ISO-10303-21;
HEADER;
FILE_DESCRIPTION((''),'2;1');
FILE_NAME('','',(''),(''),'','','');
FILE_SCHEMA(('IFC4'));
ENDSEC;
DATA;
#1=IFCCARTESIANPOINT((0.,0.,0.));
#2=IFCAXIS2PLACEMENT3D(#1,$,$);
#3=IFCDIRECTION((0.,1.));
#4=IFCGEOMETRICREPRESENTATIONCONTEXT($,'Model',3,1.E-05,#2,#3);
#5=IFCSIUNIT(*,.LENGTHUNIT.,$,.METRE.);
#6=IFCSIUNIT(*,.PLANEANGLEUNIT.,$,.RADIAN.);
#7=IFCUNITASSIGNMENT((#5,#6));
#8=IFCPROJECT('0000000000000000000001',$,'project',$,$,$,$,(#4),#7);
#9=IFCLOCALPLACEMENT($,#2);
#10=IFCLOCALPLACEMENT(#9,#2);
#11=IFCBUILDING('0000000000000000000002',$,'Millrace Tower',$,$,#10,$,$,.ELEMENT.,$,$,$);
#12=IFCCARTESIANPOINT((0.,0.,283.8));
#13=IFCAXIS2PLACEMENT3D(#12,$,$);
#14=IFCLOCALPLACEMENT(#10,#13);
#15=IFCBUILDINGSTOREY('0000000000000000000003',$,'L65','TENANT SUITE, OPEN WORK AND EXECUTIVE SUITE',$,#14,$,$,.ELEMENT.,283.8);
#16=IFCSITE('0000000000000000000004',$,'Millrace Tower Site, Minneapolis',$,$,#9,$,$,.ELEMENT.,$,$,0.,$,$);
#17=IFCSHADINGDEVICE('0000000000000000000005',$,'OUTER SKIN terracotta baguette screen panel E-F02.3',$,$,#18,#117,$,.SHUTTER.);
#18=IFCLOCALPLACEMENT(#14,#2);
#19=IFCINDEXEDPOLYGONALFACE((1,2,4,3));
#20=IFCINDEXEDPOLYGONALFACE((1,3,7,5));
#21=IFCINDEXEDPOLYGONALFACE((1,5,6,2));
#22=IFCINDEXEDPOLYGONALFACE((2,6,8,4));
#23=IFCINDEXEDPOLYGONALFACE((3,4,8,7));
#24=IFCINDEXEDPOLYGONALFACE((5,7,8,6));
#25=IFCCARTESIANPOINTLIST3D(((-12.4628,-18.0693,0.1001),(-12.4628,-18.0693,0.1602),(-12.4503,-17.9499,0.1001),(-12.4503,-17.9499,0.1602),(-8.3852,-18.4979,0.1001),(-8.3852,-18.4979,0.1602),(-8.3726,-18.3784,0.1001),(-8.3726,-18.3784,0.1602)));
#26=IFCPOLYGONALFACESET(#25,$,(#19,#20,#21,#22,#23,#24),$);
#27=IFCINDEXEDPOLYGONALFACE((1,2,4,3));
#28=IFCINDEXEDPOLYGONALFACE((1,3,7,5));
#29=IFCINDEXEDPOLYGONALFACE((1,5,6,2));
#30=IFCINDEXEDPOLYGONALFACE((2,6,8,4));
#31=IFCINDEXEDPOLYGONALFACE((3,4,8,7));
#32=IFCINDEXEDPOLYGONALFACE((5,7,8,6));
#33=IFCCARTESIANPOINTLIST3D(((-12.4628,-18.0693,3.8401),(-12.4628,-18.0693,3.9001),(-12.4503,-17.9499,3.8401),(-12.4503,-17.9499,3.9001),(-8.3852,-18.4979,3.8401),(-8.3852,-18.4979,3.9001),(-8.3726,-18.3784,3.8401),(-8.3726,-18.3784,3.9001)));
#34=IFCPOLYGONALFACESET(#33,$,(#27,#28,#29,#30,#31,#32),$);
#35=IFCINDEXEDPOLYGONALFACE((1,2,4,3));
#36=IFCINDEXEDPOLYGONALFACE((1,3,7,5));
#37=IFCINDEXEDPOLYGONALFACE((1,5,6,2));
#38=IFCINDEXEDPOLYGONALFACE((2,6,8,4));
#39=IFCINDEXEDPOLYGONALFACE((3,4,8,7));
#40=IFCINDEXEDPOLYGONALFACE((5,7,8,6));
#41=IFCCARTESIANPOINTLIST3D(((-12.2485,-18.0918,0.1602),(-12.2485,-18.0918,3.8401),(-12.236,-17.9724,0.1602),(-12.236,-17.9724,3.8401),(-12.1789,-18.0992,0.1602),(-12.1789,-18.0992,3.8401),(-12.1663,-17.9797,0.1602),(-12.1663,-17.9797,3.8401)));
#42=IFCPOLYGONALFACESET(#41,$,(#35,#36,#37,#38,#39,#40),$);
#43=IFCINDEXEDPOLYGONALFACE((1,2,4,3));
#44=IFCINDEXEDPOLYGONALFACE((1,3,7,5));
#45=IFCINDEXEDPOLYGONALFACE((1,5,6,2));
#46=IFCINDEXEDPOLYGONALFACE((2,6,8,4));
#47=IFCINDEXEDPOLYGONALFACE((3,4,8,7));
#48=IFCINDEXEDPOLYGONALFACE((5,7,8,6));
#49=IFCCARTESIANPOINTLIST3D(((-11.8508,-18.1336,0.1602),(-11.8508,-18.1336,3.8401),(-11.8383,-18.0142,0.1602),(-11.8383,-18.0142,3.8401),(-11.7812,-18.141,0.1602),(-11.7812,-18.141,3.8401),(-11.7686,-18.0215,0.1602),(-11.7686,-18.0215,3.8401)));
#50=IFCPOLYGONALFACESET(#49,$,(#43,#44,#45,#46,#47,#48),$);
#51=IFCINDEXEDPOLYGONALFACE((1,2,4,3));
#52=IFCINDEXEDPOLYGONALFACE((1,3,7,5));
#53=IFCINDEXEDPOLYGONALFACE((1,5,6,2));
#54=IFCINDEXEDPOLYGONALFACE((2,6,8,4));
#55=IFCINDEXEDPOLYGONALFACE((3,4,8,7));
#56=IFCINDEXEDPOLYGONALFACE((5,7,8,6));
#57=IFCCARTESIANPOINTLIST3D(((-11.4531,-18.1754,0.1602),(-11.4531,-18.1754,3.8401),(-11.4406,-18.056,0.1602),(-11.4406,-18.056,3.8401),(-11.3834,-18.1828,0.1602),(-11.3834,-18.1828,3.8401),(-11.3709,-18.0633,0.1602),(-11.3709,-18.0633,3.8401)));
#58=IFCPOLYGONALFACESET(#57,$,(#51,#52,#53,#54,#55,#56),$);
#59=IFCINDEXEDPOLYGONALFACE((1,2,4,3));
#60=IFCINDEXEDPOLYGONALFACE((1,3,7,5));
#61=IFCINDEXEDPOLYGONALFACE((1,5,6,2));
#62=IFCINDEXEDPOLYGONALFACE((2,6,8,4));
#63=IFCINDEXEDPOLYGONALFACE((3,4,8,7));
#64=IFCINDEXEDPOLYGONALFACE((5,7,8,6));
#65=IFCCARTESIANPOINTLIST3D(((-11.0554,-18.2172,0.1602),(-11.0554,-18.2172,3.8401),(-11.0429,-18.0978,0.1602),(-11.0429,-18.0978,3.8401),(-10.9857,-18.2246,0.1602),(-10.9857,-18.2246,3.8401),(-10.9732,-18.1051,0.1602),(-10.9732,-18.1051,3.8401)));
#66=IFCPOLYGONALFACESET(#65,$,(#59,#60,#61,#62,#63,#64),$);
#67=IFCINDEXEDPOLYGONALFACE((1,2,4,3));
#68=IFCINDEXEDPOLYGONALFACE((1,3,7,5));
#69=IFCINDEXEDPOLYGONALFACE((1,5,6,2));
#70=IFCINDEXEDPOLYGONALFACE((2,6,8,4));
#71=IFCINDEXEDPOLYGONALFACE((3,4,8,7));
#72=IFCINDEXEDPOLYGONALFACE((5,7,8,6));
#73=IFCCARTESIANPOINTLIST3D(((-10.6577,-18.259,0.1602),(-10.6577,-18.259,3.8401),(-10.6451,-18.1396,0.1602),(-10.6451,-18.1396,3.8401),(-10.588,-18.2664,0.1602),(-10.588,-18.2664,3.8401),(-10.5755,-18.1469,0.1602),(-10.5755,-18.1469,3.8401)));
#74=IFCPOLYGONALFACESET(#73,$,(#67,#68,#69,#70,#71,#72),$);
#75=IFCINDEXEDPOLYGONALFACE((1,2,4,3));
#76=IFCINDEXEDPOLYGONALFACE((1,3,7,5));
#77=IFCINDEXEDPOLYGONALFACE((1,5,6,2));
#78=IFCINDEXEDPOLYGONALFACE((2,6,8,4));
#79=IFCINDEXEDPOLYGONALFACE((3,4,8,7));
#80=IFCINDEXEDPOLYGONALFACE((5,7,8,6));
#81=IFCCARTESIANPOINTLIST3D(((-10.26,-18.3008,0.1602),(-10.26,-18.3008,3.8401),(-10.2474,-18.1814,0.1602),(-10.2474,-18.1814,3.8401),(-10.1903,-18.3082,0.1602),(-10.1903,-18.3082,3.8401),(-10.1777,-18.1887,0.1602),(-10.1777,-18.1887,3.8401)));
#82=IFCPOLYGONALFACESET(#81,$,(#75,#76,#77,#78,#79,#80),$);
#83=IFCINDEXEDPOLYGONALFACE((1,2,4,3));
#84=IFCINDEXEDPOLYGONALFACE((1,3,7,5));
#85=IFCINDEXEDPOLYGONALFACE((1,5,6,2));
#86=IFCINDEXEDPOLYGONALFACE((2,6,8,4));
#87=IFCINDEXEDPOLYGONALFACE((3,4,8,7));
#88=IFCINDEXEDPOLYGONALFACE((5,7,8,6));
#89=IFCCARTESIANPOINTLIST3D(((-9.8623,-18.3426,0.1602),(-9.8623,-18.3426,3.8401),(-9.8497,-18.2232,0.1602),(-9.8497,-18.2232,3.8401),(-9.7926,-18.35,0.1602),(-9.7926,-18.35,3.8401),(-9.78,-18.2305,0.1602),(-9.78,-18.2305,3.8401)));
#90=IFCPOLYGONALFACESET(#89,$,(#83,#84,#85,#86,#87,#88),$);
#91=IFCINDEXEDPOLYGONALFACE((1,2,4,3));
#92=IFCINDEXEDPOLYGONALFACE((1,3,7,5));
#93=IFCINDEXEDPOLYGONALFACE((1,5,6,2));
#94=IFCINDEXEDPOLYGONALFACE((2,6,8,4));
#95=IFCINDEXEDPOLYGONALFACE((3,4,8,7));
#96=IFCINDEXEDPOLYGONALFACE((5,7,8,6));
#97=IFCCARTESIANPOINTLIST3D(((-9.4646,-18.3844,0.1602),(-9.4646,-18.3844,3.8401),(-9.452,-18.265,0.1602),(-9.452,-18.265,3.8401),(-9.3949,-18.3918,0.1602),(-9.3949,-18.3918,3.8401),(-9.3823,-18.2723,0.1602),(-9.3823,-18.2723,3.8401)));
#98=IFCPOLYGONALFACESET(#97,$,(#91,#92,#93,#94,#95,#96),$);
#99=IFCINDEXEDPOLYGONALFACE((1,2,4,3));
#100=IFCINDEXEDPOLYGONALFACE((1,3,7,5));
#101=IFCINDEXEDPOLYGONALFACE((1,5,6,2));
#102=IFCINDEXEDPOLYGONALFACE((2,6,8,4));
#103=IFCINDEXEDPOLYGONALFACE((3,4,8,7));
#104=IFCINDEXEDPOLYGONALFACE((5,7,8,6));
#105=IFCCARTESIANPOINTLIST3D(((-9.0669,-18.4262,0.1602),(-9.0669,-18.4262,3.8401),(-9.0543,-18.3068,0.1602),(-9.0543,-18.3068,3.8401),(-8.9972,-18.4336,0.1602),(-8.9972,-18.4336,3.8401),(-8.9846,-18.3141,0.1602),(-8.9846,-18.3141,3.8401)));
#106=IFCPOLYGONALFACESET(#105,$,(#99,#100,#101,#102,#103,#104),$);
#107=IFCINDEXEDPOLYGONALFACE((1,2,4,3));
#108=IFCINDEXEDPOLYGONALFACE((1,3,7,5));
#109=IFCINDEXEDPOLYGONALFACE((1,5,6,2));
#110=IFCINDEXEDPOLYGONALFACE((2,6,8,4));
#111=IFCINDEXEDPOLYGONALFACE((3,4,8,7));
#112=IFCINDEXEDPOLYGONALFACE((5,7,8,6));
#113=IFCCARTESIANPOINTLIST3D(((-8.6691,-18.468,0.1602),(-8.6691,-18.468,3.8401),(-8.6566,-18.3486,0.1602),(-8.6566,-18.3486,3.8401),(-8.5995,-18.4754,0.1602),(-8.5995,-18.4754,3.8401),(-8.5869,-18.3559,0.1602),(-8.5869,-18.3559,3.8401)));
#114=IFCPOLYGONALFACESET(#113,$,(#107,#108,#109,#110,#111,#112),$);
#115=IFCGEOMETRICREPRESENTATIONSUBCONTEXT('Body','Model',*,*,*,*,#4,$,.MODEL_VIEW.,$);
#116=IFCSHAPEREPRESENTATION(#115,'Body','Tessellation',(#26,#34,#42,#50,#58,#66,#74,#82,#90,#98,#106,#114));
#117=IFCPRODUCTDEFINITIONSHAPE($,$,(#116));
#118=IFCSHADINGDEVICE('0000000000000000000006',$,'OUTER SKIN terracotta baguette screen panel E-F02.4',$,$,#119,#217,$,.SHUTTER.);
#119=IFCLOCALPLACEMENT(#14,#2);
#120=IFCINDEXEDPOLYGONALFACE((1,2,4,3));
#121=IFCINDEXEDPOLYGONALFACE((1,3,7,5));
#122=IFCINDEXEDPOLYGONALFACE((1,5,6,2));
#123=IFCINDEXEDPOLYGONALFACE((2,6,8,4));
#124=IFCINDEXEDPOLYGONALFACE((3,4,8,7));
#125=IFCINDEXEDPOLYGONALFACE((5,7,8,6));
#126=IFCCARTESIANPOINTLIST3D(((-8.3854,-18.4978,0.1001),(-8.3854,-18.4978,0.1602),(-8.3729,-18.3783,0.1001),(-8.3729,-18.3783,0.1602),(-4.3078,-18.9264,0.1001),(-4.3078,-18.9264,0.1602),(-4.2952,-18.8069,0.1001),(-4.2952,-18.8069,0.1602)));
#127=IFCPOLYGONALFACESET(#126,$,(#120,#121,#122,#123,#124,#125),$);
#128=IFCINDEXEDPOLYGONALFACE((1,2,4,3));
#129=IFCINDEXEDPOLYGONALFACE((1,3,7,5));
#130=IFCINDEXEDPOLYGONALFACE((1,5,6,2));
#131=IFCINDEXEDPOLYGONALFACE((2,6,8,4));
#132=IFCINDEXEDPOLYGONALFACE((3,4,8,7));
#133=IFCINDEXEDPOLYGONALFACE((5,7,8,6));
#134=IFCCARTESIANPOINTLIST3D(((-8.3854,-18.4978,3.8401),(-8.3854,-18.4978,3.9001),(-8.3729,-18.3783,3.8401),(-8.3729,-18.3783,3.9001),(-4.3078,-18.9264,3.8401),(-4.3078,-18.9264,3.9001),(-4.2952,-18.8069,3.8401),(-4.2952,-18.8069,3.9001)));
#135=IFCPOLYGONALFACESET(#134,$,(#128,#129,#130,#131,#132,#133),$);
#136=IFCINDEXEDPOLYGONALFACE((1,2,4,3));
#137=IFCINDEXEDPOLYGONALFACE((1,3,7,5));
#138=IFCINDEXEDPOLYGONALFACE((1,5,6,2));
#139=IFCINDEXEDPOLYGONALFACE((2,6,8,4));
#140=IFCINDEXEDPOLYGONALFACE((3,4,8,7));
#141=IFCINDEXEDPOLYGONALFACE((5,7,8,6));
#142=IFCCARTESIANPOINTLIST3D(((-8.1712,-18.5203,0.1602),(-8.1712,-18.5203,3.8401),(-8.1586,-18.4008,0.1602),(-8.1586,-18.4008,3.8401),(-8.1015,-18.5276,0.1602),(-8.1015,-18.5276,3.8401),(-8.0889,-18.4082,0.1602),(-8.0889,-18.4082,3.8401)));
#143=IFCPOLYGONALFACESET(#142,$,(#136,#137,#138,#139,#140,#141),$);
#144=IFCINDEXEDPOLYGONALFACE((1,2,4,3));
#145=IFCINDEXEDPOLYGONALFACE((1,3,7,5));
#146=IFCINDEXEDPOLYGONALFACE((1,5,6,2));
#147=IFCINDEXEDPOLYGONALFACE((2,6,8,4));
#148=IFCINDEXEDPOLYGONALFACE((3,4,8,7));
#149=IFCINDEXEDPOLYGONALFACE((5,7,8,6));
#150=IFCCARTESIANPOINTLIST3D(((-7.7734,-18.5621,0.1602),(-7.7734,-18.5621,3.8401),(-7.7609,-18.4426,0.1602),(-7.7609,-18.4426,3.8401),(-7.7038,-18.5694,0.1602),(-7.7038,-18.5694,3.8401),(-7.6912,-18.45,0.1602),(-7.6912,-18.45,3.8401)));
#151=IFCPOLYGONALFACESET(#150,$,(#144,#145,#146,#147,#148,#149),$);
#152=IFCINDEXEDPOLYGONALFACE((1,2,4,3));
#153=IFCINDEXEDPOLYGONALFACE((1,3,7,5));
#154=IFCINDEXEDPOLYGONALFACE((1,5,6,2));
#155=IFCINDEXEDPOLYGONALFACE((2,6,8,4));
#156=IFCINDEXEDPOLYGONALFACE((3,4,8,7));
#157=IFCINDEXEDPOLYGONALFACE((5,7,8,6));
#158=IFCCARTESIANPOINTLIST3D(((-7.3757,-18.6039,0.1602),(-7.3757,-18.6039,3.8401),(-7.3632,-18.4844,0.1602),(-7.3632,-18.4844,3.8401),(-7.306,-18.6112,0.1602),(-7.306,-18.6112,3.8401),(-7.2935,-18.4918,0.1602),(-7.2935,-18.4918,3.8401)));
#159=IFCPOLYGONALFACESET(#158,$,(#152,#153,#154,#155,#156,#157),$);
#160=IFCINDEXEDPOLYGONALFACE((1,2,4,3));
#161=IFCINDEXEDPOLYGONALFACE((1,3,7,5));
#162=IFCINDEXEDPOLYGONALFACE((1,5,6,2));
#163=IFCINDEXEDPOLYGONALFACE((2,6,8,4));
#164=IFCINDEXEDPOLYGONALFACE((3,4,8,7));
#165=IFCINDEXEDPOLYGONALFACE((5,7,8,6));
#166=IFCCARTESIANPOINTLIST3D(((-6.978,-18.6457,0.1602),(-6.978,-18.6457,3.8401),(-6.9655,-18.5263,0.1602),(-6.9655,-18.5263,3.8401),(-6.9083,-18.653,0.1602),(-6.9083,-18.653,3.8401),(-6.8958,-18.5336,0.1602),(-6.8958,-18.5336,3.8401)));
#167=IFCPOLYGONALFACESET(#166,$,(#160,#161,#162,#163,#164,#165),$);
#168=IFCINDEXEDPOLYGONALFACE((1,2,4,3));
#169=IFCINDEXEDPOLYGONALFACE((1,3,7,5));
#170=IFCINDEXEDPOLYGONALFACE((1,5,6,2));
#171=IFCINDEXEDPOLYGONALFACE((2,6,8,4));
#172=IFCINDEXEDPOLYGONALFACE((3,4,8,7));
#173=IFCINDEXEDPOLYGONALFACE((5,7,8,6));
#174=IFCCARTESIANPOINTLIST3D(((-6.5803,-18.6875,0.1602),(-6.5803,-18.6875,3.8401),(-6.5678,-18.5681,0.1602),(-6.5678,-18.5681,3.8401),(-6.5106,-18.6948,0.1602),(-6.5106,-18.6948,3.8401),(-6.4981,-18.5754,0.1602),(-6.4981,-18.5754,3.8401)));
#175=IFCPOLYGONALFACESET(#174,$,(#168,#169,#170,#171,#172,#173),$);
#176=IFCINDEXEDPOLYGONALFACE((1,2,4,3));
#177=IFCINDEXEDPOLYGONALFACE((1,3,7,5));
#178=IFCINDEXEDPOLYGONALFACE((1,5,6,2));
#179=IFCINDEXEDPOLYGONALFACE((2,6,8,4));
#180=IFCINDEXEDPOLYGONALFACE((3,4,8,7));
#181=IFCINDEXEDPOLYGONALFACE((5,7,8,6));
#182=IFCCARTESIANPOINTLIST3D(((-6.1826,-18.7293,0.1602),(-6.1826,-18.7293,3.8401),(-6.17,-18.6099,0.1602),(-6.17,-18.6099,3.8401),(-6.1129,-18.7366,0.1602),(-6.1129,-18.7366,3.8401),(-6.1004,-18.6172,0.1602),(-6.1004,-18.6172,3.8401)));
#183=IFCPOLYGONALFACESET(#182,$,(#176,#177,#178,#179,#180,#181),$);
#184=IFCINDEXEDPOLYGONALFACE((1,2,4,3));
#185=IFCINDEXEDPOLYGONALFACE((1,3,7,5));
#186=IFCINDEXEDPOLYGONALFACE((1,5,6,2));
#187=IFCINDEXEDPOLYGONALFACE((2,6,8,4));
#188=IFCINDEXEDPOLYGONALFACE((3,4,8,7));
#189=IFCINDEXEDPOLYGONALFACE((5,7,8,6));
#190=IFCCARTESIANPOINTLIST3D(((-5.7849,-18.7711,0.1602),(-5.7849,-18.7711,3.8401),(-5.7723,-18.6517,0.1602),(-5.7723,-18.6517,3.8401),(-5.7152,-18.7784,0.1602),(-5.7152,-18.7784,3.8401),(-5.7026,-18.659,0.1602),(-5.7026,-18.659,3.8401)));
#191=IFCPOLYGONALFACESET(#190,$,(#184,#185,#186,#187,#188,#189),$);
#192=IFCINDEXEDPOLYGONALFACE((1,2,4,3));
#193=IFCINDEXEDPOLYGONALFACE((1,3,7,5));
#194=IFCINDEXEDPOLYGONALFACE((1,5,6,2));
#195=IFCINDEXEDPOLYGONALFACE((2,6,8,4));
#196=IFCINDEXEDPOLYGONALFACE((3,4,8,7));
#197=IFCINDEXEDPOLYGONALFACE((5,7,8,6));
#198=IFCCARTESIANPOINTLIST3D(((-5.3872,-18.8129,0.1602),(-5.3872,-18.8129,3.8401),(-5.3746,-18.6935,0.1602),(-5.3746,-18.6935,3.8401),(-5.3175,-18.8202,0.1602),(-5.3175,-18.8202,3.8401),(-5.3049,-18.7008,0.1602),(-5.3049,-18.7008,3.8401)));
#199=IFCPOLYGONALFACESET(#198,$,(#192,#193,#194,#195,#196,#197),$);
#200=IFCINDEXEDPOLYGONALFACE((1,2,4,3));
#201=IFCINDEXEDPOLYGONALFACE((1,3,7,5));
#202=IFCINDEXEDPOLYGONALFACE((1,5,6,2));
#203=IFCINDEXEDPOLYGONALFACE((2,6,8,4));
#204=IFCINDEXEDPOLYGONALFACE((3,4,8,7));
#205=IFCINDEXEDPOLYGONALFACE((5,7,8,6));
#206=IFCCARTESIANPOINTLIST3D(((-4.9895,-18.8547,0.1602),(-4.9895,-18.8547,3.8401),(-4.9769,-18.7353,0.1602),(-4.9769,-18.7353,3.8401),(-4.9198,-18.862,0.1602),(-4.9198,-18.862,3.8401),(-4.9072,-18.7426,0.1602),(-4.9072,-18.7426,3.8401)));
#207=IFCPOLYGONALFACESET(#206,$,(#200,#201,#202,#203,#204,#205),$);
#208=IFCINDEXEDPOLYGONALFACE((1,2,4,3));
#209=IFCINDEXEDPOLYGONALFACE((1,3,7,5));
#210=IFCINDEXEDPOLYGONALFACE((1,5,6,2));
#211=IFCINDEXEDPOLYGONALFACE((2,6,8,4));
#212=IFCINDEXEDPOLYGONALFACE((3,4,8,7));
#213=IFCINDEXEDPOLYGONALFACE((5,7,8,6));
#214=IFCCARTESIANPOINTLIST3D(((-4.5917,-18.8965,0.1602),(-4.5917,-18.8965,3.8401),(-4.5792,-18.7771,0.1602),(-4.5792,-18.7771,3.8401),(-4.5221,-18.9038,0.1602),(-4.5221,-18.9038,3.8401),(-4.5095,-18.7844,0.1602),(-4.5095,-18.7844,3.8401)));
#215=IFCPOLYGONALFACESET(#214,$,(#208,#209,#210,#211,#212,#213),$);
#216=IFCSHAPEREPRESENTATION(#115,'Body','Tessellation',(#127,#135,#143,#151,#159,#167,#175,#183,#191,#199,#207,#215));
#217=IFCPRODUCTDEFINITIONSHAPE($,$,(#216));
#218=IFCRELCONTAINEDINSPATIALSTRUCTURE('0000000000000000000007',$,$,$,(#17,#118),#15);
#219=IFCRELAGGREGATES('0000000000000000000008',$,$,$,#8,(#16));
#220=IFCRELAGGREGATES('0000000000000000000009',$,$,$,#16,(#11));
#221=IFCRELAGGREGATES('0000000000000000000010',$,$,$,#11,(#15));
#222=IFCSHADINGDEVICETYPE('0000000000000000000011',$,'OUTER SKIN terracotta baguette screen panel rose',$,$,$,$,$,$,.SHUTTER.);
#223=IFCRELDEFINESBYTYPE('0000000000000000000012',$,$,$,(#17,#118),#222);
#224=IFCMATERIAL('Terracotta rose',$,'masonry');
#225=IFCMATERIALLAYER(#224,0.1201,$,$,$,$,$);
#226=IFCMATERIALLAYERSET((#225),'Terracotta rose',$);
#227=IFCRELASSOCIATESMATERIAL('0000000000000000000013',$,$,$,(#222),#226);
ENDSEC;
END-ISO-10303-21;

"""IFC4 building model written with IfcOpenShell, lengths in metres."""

from ifc_helpers import new_model, entity, si_unit, direction, frame, frame_2d, origin, place, context, subcontext, project, spatial, rectangle, extrude, source, transform, mapped, material, layer, layer_set, type_object, element, save


model = new_model("IFC4")

# Units and contexts
model_context = context("Model", 3, precision=1e-05, world=origin(), true_north=direction((0.0, 1.0)))
body_context = subcontext(model_context, "Body", "Model", "MODEL_VIEW")
ifc_project = project(units=[si_unit("LENGTHUNIT", "METRE"), si_unit("PLANEANGLEUNIT", "RADIAN")], contexts=[model_context])

# Site, building, storey
site_placement = place(None, origin())
site = spatial("IfcSite", under=ifc_project, at=site_placement, Name="Millrace Tower Site, Minneapolis", CompositionType="ELEMENT", RefElevation=0.0)
building_placement = place(site_placement, origin())
building = spatial("IfcBuilding", under=site, at=building_placement, Name="Millrace Tower", CompositionType="ELEMENT")
storey_placement = place(building_placement, frame((0.0, 0.0, 283.8)))
storey = spatial("IfcBuildingStorey", under=building, at=storey_placement, Name="L65", Description="TENANT SUITE, OPEN WORK AND EXECUTIVE SUITE", CompositionType="ELEMENT", Elevation=283.8)

# Shading devices
ifc_material_1 = material(Name="Terracotta rose", Category="masonry")
ifc_layer_1 = layer(ifc_material_1, 0.1201)
ifc_layer_set_1 = layer_set([ifc_layer_1], Name="Terracotta rose")
shading_device_type = type_object("IfcShadingDeviceType", Name="OUTER SKIN terracotta baguette screen panel rose", PredefinedType="SHUTTER", material=ifc_layer_set_1)
cartesian_point = entity("IfcCartesianPoint", [-2.05, 0.0601])
shared_polyline = entity("IfcPolyline", [cartesian_point, entity("IfcCartesianPoint", [2.05, 0.0601]), entity("IfcCartesianPoint", [2.05, -0.0601]), entity("IfcCartesianPoint", [-2.05, -0.0601]), cartesian_point])
shared_shape = source(origin(), body_context, "Body", "SweptSolid", [
    entity("IfcExtrudedAreaSolid", entity("IfcArbitraryClosedProfileDef", "AREA", None, shared_polyline), entity("IfcAxis2Placement3D", entity("IfcCartesianPoint", [0.0, 0.0, 0.0])), entity("IfcDirection", [0.0, 0.0, 1.0]), 0.0601),
    entity("IfcExtrudedAreaSolid", entity("IfcArbitraryClosedProfileDef", "AREA", None, shared_polyline), entity("IfcAxis2Placement3D", entity("IfcCartesianPoint", [0.0, 0.0, 3.74])), entity("IfcDirection", [0.0, 0.0, 1.0]), 0.0601),
    extrude(rectangle(XDim=0.0701, YDim=0.1201, at=frame_2d((-1.7996, 0.0))), frame((0.0, 0.0, 0.0601)), (0.0, 0.0, 1.0), 3.6799),
    extrude(rectangle(XDim=0.0701, YDim=0.1201, at=frame_2d((-1.3997, 0.0))), frame((0.0, 0.0, 0.0601)), (0.0, 0.0, 1.0), 3.6799),
    extrude(rectangle(XDim=0.0701, YDim=0.1201, at=frame_2d((-0.9998, 0.0))), frame((0.0, 0.0, 0.0601)), (0.0, 0.0, 1.0), 3.6799),
    extrude(rectangle(XDim=0.0701, YDim=0.1201, at=frame_2d((-0.5999, 0.0))), frame((0.0, 0.0, 0.0601)), (0.0, 0.0, 1.0), 3.6799),
    extrude(rectangle(XDim=0.0701, YDim=0.1201, at=frame_2d((-0.2, 0.0))), frame((0.0, 0.0, 0.0601)), (0.0, 0.0, 1.0), 3.6799),
    extrude(rectangle(XDim=0.0701, YDim=0.1201, at=frame_2d((0.2, 0.0))), frame((0.0, 0.0, 0.0601)), (0.0, 0.0, 1.0), 3.6799),
    extrude(rectangle(XDim=0.0701, YDim=0.1201, at=frame_2d((0.5999, 0.0))), frame((0.0, 0.0, 0.0601)), (0.0, 0.0, 1.0), 3.6799),
    extrude(rectangle(XDim=0.0701, YDim=0.1201, at=frame_2d((0.9998, 0.0))), frame((0.0, 0.0, 0.0601)), (0.0, 0.0, 1.0), 3.6799),
    extrude(rectangle(XDim=0.0701, YDim=0.1201, at=frame_2d((1.3997, 0.0))), frame((0.0, 0.0, 0.0601)), (0.0, 0.0, 1.0), 3.6799),
    extrude(rectangle(XDim=0.0701, YDim=0.1201, at=frame_2d((1.7996, 0.0))), frame((0.0, 0.0, 0.0601)), (0.0, 0.0, 1.0), 3.6799),
])
for number, where, z_axis, x_axis, name in (
    (1, (-10.4177, -18.2239, 0.1001), (0.0, 0.0, 1.0), (0.994522, -0.104528, 0.0), "OUTER SKIN terracotta baguette screen panel E-F02.3"),
    (2, (-6.3403, -18.6523, 0.1001), (0.0, 0.0, 1.0), (0.994522, -0.104528, 0.0), "OUTER SKIN terracotta baguette screen panel E-F02.4"),
):
    element("IfcShadingDevice", number, at=place(storey_placement, frame(where, z_axis=z_axis, x_axis=x_axis)), inside=storey, type_object=shading_device_type, Name=name, PredefinedType="SHUTTER", context=body_context, shape_type="MappedRepresentation", body=[
        mapped(shared_shape, transform((0.0, 0.0, 0.0), scale=1.0)),
    ])

save(model, "model.ifc")
